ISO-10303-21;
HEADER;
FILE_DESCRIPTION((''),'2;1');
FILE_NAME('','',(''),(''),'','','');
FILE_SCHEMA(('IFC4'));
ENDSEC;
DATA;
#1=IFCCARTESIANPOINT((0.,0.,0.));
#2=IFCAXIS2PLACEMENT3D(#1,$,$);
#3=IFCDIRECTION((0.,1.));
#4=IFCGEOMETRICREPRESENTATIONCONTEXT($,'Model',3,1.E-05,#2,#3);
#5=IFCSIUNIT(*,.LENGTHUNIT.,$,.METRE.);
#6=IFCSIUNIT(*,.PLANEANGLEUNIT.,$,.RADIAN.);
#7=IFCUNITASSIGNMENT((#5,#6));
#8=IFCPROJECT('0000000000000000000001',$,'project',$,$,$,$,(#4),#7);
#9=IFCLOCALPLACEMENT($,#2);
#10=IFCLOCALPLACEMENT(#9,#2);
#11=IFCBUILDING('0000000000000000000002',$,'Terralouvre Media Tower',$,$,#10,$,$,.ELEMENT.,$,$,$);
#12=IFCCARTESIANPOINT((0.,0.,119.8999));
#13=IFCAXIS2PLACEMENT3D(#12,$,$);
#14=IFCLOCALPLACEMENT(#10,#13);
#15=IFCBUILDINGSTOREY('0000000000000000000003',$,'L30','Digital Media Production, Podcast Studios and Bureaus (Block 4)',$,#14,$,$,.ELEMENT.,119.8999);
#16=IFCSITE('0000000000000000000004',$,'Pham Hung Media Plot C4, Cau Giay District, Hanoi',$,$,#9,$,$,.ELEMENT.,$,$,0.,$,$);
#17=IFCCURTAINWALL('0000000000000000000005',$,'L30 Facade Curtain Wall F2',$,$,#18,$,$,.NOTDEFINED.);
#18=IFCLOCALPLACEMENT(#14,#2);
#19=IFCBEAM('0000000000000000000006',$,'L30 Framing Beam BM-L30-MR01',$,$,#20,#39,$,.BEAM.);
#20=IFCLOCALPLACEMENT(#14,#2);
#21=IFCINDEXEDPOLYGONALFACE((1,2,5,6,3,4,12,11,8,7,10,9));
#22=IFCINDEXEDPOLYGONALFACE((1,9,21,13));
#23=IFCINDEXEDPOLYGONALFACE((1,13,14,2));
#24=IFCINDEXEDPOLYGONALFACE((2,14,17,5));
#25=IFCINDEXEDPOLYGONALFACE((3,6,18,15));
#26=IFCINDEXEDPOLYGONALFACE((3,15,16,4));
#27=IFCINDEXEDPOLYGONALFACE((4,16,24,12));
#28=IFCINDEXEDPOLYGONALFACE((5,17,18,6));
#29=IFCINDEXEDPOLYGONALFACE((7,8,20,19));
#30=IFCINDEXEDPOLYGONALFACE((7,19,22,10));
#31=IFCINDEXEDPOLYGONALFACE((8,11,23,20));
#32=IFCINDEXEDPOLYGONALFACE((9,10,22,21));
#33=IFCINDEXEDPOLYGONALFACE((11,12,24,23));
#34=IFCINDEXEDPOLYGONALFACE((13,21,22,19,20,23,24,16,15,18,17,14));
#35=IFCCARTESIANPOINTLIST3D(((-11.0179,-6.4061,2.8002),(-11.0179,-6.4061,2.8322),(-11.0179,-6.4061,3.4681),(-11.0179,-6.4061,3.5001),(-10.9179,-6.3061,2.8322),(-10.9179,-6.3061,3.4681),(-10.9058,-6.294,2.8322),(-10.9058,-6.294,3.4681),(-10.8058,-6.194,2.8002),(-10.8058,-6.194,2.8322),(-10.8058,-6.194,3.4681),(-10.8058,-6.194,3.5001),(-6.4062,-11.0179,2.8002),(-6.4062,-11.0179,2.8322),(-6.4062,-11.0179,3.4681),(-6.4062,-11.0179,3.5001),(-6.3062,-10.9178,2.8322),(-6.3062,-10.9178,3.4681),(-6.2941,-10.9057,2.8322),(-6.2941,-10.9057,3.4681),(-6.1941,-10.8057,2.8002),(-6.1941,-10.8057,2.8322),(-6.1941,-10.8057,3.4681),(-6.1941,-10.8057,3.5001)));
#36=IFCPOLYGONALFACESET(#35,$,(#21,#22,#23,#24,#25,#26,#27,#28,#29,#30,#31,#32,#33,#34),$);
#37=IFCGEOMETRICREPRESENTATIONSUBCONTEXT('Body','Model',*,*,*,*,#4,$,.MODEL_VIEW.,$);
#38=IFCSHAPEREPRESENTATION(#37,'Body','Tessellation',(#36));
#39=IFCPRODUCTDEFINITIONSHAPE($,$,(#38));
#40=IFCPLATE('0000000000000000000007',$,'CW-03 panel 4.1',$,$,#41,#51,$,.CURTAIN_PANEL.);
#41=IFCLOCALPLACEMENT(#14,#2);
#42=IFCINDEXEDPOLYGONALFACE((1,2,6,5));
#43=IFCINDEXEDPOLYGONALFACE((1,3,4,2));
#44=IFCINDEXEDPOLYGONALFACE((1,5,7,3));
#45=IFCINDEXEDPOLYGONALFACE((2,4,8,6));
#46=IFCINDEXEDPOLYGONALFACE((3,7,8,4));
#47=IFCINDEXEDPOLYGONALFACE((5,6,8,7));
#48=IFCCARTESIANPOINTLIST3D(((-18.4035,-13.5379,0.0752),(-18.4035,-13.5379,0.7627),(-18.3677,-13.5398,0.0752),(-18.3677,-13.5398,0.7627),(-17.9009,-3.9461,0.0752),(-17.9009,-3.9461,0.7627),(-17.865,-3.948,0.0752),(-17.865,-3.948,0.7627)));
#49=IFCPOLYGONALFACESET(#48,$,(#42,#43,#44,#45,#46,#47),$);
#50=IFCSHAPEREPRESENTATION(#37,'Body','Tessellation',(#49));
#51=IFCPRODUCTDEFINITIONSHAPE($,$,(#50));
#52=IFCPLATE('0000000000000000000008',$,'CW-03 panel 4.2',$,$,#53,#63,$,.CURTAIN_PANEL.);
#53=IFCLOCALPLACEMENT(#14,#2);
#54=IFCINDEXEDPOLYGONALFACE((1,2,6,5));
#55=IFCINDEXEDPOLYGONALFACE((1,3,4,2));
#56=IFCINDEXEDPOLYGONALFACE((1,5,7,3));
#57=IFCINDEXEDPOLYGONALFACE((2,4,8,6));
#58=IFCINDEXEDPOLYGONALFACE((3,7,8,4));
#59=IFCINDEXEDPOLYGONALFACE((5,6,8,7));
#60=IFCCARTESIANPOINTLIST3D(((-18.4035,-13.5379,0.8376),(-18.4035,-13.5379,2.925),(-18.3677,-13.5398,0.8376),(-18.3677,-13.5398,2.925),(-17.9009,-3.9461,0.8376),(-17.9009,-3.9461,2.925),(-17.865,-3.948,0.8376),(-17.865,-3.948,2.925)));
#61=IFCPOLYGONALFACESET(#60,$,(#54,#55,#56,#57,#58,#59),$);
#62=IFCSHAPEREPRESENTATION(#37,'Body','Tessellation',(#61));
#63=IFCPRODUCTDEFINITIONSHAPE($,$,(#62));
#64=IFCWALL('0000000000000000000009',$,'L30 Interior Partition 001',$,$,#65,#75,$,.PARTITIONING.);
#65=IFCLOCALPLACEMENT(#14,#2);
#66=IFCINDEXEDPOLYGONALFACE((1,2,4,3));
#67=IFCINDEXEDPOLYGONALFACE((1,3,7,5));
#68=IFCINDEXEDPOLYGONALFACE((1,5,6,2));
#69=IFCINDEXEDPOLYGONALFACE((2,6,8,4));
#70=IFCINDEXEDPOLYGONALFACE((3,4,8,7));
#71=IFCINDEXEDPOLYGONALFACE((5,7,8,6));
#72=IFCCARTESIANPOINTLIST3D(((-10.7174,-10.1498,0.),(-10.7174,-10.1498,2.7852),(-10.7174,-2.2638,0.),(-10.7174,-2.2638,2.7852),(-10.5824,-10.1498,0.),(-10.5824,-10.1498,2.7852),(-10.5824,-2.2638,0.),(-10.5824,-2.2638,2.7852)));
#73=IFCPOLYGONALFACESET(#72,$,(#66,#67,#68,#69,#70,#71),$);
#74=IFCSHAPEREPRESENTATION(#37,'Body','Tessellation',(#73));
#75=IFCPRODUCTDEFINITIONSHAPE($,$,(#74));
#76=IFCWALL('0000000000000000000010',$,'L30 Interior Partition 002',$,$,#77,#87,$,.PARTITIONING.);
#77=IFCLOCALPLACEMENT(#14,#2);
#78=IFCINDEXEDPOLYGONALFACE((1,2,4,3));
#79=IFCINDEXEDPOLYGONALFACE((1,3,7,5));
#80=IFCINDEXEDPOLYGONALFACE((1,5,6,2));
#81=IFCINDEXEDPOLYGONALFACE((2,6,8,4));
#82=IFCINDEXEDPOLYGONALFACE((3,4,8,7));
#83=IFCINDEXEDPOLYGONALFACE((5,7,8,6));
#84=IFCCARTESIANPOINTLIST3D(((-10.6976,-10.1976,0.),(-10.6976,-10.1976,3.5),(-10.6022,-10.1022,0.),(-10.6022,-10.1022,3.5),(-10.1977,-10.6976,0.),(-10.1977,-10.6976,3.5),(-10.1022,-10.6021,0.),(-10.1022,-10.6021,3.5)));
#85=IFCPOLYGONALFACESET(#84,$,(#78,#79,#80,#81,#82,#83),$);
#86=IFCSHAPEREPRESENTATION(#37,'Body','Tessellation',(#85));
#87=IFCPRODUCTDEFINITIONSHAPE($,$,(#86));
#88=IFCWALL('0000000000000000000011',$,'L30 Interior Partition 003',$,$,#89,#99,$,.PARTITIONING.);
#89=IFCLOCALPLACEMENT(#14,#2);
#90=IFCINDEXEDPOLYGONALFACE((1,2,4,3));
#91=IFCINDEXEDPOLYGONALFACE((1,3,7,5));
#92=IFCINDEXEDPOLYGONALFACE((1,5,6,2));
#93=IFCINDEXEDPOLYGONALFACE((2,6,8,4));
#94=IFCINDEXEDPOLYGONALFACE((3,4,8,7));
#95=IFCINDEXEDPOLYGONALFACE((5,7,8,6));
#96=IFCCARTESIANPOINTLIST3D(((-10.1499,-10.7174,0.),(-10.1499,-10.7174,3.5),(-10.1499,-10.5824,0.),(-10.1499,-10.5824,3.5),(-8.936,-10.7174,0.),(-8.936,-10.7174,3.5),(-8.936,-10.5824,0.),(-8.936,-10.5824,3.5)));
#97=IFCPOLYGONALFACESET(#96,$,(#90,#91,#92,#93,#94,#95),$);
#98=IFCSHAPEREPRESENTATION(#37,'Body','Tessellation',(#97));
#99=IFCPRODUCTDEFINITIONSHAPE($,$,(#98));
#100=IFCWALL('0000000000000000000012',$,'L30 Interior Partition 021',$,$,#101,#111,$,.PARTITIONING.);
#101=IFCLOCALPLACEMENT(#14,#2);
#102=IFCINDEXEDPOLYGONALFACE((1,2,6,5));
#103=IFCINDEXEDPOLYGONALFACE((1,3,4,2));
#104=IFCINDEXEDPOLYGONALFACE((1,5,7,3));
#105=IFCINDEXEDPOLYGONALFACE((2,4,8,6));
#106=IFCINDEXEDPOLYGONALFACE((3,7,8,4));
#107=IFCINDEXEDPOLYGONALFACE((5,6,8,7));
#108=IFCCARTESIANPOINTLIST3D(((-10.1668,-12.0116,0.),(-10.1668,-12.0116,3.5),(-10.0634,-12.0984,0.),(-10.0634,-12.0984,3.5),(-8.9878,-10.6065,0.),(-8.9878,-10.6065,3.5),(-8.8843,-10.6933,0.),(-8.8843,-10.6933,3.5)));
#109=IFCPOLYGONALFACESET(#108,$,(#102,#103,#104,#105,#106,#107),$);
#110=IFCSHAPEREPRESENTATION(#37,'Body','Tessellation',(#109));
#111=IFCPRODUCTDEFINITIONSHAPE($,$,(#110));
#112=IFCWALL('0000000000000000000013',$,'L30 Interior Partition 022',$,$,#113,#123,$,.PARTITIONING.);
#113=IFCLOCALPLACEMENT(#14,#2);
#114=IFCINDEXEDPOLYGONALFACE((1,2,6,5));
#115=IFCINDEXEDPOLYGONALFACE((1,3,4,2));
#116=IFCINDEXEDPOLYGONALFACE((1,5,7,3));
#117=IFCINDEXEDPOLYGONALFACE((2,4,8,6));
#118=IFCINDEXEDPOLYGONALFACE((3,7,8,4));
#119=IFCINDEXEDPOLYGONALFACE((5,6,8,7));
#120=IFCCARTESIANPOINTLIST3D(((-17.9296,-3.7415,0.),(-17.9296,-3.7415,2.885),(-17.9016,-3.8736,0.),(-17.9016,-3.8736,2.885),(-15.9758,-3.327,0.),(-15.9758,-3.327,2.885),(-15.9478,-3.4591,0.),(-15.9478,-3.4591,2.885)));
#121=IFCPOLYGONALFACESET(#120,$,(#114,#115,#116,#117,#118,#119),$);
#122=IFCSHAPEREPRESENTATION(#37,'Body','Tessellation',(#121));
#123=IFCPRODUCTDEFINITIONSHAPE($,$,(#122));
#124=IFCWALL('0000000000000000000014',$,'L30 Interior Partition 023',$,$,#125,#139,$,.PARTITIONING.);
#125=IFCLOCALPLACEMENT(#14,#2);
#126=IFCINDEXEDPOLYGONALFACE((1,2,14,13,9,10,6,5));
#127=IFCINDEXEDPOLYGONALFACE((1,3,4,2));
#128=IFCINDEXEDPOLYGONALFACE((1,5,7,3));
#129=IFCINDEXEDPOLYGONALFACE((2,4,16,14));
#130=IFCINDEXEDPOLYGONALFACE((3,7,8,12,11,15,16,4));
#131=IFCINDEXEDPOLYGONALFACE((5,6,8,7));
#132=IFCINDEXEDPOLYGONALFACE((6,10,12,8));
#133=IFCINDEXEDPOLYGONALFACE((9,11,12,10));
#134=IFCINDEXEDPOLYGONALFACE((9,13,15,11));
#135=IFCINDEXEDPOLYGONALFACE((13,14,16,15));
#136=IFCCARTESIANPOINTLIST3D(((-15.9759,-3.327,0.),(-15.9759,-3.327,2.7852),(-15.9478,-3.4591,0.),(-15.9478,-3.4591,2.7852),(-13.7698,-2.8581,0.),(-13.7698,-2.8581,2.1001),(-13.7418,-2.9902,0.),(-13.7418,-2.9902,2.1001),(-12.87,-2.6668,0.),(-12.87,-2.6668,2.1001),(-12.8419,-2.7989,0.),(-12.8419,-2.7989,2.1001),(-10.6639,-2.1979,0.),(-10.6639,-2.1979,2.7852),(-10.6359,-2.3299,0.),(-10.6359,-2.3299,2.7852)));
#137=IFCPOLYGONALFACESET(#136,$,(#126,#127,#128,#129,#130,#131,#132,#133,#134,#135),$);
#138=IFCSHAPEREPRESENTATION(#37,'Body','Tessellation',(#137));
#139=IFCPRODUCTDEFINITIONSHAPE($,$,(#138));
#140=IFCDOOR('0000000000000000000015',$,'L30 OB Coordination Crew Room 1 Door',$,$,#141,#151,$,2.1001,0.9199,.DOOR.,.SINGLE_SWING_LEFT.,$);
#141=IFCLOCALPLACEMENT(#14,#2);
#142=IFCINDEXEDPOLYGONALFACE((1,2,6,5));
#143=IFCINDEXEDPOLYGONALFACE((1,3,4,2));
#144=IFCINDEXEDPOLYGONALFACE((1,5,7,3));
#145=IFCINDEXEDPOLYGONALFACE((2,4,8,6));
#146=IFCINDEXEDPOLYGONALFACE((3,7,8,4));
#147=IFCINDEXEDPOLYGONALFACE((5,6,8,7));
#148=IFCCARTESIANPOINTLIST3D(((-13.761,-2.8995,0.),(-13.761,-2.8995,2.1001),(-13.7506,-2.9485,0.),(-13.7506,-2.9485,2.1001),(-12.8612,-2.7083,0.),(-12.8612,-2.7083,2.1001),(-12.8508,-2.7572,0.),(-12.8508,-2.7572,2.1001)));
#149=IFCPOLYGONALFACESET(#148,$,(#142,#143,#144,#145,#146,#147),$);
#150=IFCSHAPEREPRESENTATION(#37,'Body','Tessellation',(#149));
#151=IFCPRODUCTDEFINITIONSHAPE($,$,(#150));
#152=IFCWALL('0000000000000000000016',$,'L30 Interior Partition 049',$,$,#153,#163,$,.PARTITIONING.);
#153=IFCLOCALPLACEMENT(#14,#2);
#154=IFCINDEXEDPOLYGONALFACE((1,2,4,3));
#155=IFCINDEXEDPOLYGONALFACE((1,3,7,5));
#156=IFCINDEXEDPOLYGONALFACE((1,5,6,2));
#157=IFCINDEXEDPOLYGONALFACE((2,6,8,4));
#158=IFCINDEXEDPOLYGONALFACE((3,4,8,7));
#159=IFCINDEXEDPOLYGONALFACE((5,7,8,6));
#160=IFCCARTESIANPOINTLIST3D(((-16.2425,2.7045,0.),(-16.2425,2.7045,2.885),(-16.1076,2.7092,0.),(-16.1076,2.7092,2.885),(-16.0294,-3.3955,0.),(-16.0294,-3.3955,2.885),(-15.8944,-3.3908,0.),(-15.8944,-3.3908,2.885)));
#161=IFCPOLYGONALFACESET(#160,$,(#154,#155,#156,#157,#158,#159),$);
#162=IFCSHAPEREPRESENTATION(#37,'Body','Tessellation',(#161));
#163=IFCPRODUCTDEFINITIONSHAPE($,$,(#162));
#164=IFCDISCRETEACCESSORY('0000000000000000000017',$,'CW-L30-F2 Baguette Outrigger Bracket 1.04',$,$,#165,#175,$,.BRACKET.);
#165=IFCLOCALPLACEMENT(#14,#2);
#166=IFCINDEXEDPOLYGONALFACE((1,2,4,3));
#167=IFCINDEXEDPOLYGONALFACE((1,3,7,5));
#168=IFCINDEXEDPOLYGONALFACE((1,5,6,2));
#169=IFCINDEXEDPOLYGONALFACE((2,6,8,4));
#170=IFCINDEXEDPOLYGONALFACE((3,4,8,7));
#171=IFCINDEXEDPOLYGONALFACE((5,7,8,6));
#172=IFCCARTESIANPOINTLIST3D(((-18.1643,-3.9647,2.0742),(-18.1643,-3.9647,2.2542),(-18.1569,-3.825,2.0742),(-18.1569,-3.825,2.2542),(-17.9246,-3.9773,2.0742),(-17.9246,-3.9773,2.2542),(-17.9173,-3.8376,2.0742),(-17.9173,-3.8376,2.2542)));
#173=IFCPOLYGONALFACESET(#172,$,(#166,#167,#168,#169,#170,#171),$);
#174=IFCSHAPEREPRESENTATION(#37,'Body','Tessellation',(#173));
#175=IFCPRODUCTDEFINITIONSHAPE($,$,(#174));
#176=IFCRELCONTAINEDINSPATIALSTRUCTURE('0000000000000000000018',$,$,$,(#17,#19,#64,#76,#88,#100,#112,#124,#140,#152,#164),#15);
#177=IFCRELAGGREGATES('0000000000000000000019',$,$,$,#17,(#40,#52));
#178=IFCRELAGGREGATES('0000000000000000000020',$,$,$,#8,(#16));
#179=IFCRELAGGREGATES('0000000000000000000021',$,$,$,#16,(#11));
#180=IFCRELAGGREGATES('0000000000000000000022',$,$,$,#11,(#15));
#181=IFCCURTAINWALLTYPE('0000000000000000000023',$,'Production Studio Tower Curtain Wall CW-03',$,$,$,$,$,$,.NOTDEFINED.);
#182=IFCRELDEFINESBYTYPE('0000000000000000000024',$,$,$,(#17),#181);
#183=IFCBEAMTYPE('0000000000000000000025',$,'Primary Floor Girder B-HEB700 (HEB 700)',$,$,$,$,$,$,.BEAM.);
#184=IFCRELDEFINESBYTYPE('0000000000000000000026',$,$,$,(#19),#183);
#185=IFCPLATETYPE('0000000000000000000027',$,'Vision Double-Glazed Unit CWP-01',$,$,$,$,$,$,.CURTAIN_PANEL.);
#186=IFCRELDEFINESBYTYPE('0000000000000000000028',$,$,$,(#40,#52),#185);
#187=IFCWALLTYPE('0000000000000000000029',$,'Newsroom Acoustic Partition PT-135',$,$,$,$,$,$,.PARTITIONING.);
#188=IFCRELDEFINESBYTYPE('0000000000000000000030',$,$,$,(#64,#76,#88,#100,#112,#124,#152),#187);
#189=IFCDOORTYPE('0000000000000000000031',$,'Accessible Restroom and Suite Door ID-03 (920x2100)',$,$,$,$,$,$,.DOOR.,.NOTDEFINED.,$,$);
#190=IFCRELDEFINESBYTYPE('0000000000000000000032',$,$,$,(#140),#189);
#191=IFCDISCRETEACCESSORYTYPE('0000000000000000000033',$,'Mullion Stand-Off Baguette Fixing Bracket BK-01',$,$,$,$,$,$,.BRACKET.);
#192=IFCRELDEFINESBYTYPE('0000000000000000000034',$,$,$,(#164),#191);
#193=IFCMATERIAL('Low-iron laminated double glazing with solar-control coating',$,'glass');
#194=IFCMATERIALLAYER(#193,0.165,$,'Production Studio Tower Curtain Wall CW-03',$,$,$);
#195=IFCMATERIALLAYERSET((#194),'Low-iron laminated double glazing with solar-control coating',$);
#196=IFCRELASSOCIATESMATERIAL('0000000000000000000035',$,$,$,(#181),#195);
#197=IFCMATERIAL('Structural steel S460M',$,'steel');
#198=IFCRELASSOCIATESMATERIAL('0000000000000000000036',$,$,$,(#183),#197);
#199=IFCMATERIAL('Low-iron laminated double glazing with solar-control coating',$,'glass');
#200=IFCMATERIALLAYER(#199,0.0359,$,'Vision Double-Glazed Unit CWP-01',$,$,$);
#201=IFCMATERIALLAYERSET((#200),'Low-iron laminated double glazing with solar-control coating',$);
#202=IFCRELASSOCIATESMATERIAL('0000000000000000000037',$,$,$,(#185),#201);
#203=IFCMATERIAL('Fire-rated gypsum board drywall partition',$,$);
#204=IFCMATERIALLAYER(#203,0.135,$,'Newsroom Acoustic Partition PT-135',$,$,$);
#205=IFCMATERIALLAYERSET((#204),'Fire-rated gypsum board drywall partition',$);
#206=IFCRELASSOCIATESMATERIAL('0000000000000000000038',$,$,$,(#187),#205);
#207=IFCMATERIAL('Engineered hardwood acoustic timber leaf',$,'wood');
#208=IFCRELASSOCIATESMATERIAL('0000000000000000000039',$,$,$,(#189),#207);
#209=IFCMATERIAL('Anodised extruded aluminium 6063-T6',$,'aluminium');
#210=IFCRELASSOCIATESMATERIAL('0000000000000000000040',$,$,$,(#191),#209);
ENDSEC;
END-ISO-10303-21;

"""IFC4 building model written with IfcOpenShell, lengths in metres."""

from ifc_helpers import new_model, si_unit, direction, frame, frame_2d, origin, origin_2d, place, context, subcontext, project, spatial, rectangle, i_section, extrude, material, layer, layer_set, material_profile, profile_set, type_object, element, fill, aggregate, save


model = new_model("IFC4")

# Units and contexts
model_context = context("Model", 3, precision=1e-05, world=origin(), true_north=direction((0.0, 1.0)))
body_context = subcontext(model_context, "Body", "Model", "MODEL_VIEW")
ifc_project = project(units=[si_unit("LENGTHUNIT", "METRE"), si_unit("PLANEANGLEUNIT", "RADIAN")], contexts=[model_context])

# Site, building, storey
site_placement = place(None, origin())
site = spatial("IfcSite", under=ifc_project, at=site_placement, Name="Pham Hung Media Plot C4, Cau Giay District, Hanoi", CompositionType="ELEMENT", RefElevation=0.0)
building_placement = place(site_placement, origin())
building = spatial("IfcBuilding", under=site, at=building_placement, Name="Terralouvre Media Tower", CompositionType="ELEMENT")
storey_placement = place(building_placement, frame((0.0, 0.0, 119.8999)))
storey = spatial("IfcBuildingStorey", under=building, at=storey_placement, Name="L30", Description="Digital Media Production, Podcast Studios and Bureaus (Block 4)", CompositionType="ELEMENT", Elevation=119.8999)

# Curtain wall
ifc_material_1 = material(Name="Low-iron laminated double glazing with solar-control coating", Category="glass")
ifc_layer_1 = layer(ifc_material_1, 0.165, Name="Production Studio Tower Curtain Wall CW-03")
ifc_layer_set_1 = layer_set([ifc_layer_1], Name="Low-iron laminated double glazing with solar-control coating")
curtain_wall_type = type_object("IfcCurtainWallType", Name="Production Studio Tower Curtain Wall CW-03", PredefinedType="NOTDEFINED", material=ifc_layer_set_1)
curtain_wall_placement = place(storey_placement, origin())
curtain_wall = element("IfcCurtainWall", 1, at=curtain_wall_placement, inside=storey, type_object=curtain_wall_type, Name="L30 Facade Curtain Wall F2", PredefinedType="NOTDEFINED")

# Beam
ifc_material_2 = material(Name="Structural steel S460M", Category="steel")
ifc_material_profile_1 = material_profile(ifc_material_2, i_section(OverallWidth=0.3, OverallDepth=0.7, WebThickness=0.0171, FlangeThickness=0.032, at=origin_2d()), Name="HEB 700")
ifc_profile_set_1 = profile_set([ifc_material_profile_1], Name="Structural steel S460M")
beam_type_1 = type_object("IfcBeamType", Name="Primary Floor Girder B-HEB700 (HEB 700)", PredefinedType="BEAM", material=ifc_profile_set_1)
beam_1_placement = place(storey_placement, frame((-10.9119, -6.3, 3.1501), z_axis=(0.707107, -0.707107, 0.0), x_axis=(0.707107, 0.707107, 0.0)))
element("IfcBeam", 2, at=beam_1_placement, inside=storey, type_object=beam_type_1, Name="L30 Framing Beam BM-L30-MR01", PredefinedType="BEAM", context=body_context, shape_type="SweptSolid", body=[
    extrude(i_section(OverallWidth=0.3, OverallDepth=0.7, WebThickness=0.0171, FlangeThickness=0.032, at=origin_2d()), origin(), (0.0, 0.0, 1.0), 6.522),
])

# Plates
ifc_material_3 = material(Name="Low-iron laminated double glazing with solar-control coating", Category="glass")
ifc_layer_2 = layer(ifc_material_3, 0.0359, Name="Vision Double-Glazed Unit CWP-01")
ifc_layer_set_2 = layer_set([ifc_layer_2], Name="Low-iron laminated double glazing with solar-control coating")
plate_type = type_object("IfcPlateType", Name="Vision Double-Glazed Unit CWP-01", PredefinedType="CURTAIN_PANEL", material=ifc_layer_set_2)
plate_1_placement = place(storey_placement, frame((-18.1343, -8.7429, 0.0752), z_axis=(0.0, 0.0, 1.0), x_axis=(-0.052336, -0.99863, 0.0)))
plate_1 = element("IfcPlate", 3, at=plate_1_placement, type_object=plate_type, Name="CW-03 panel 4.1", PredefinedType="CURTAIN_PANEL", context=body_context, shape_type="SweptSolid", body=[
    extrude(rectangle(XDim=9.605, YDim=0.0359, at=origin_2d()), origin(), (0.0, 0.0, 1.0), 0.6875),
])
plate_2_placement = place(storey_placement, frame((-18.1343, -8.7429, 0.8376), z_axis=(0.0, 0.0, 1.0), x_axis=(-0.052336, -0.99863, 0.0)))
plate_2 = element("IfcPlate", 4, at=plate_2_placement, type_object=plate_type, Name="CW-03 panel 4.2", PredefinedType="CURTAIN_PANEL", context=body_context, shape_type="SweptSolid", body=[
    extrude(rectangle(XDim=9.605, YDim=0.0359, at=origin_2d()), origin(), (0.0, 0.0, 1.0), 2.0874),
])
aggregate(curtain_wall, [plate_1, plate_2])

# Walls
ifc_material_4 = material(Name="Fire-rated gypsum board drywall partition")
ifc_layer_3 = layer(ifc_material_4, 0.135, Name="Newsroom Acoustic Partition PT-135")
ifc_layer_set_3 = layer_set([ifc_layer_3], Name="Fire-rated gypsum board drywall partition")
wall_type = type_object("IfcWallType", Name="Newsroom Acoustic Partition PT-135", PredefinedType="PARTITIONING", material=ifc_layer_set_3)
wall_1_placement = place(storey_placement, frame((-10.6499, -2.2639, 0.0), z_axis=(0.0, 0.0, 1.0), x_axis=(0.0, -1.0, 0.0)))
element("IfcWall", 5, at=wall_1_placement, inside=storey, type_object=wall_type, Name="L30 Interior Partition 001", PredefinedType="PARTITIONING", context=body_context, shape_type="SweptSolid", body=[
    extrude(rectangle(XDim=7.886, YDim=0.135, at=frame_2d((3.9429, 0.0))), origin(), (0.0, 0.0, 1.0), 2.7852),
])
wall_2_placement = place(storey_placement, frame((-10.6499, -10.1499, 0.0), z_axis=(0.0, 0.0, 1.0), x_axis=(0.707107, -0.707107, 0.0)))
element("IfcWall", 6, at=wall_2_placement, inside=storey, type_object=wall_type, Name="L30 Interior Partition 002", PredefinedType="PARTITIONING", context=body_context, shape_type="SweptSolid", body=[
    extrude(rectangle(XDim=0.707, YDim=0.135, at=frame_2d((0.3535, 0.0))), origin(), (0.0, 0.0, 1.0), 3.5),
])
wall_3_placement = place(storey_placement, frame((-10.1499, -10.6499, 0.0), z_axis=(0.0, 0.0, 1.0), x_axis=(1.0, 0.0, 0.0)))
element("IfcWall", 7, at=wall_3_placement, inside=storey, type_object=wall_type, Name="L30 Interior Partition 003", PredefinedType="PARTITIONING", context=body_context, shape_type="SweptSolid", body=[
    extrude(rectangle(XDim=1.2139, YDim=0.135, at=frame_2d((0.6069, 0.0))), origin(), (0.0, 0.0, 1.0), 3.5),
])
wall_4_placement = place(storey_placement, frame((-10.115, -12.0549, 0.0), z_axis=(0.0, 0.0, 1.0), x_axis=(0.642786, 0.766046, 0.0)))
element("IfcWall", 8, at=wall_4_placement, inside=storey, type_object=wall_type, Name="L30 Interior Partition 021", PredefinedType="PARTITIONING", context=body_context, shape_type="SweptSolid", body=[
    extrude(rectangle(XDim=1.8342, YDim=0.135, at=frame_2d((0.917, 0.0))), origin(), (0.0, 0.0, 1.0), 3.5),
])
wall_5_placement = place(storey_placement, frame((-15.9619, -3.3931, 0.0), z_axis=(0.0, 0.0, 1.0), x_axis=(-0.978224, -0.20755, 0.0)))
element("IfcWall", 9, at=wall_5_placement, inside=storey, type_object=wall_type, Name="L30 Interior Partition 022", PredefinedType="PARTITIONING", context=body_context, shape_type="SweptSolid", body=[
    extrude(rectangle(XDim=1.9973, YDim=0.135, at=frame_2d((0.9985, 0.0))), origin(), (0.0, 0.0, 1.0), 2.885),
])

# Wall, opening, door
wall_6_placement = place(storey_placement, frame((-10.6499, -2.2639, 0.0), z_axis=(0.0, 0.0, 1.0), x_axis=(-0.978146, -0.20792, 0.0)))
wall_6 = element("IfcWall", 10, at=wall_6_placement, inside=storey, type_object=wall_type, Name="L30 Interior Partition 023", PredefinedType="PARTITIONING", context=body_context, shape_type="SweptSolid", body=[
    extrude(rectangle(XDim=5.4307, YDim=0.135, at=frame_2d((2.7153, 0.0))), origin(), (0.0, 0.0, 1.0), 2.7852),
])
opening_placement = place(wall_6_placement, frame((2.2554, 0.0, 0.0)))
opening = element("IfcOpeningElement", 11, at=opening_placement, cuts=wall_6, PredefinedType="OPENING", context=body_context, shape_type="SweptSolid", body=[
    extrude(rectangle(XDim=0.9199, YDim=2.1001, at=frame_2d((0.46, 1.05))), frame((0.0, 0.0774, 0.0), z_axis=(0.0, -1.0, 0.0), x_axis=(1.0, 0.0, 0.0)), (0.0, 0.0, 1.0), 0.155),
])
ifc_material_5 = material(Name="Engineered hardwood acoustic timber leaf", Category="wood")
door_type = type_object("IfcDoorType", Name="Accessible Restroom and Suite Door ID-03 (920x2100)", OperationType="NOTDEFINED", PredefinedType="DOOR", material=ifc_material_5)
door_placement = place(opening_placement, origin())
door = element("IfcDoor", 12, at=door_placement, inside=storey, type_object=door_type, Name="L30 OB Coordination Crew Room 1 Door", OperationType="SINGLE_SWING_LEFT", OverallHeight=2.1001, OverallWidth=0.9199, PredefinedType="DOOR", context=body_context, shape_type="SweptSolid", body=[
    extrude(rectangle(XDim=0.9199, YDim=2.1001, at=frame_2d((0.46, 1.05))), frame((0.0, 0.0249, 0.0), z_axis=(0.0, -1.0, 0.0), x_axis=(1.0, 0.0, 0.0)), (0.0, 0.0, 1.0), 0.05),
])
fill(opening, door)

# Wall
wall_7_placement = place(storey_placement, frame((-15.9619, -3.3931, 0.0), z_axis=(0.0, 0.0, 1.0), x_axis=(-0.034918, 0.99939, 0.0)))
element("IfcWall", 13, at=wall_7_placement, inside=storey, type_object=wall_type, Name="L30 Interior Partition 049", PredefinedType="PARTITIONING", context=body_context, shape_type="SweptSolid", body=[
    extrude(rectangle(XDim=6.1038, YDim=0.135, at=frame_2d((3.0518, 0.0))), origin(), (0.0, 0.0, 1.0), 2.885),
])

# Discrete accessory
ifc_material_6 = material(Name="Anodised extruded aluminium 6063-T6", Category="aluminium")
discrete_accessory_type = type_object("IfcDiscreteAccessoryType", Name="Mullion Stand-Off Baguette Fixing Bracket BK-01", PredefinedType="BRACKET", material=ifc_material_6)
discrete_accessory_placement = place(storey_placement, frame((-18.0408, -3.9011, 2.0742), z_axis=(0.0, 0.0, 1.0), x_axis=(-0.052336, -0.99863, 0.0)))
element("IfcDiscreteAccessory", 14, at=discrete_accessory_placement, inside=storey, type_object=discrete_accessory_type, Name="CW-L30-F2 Baguette Outrigger Bracket 1.04", PredefinedType="BRACKET", context=body_context, shape_type="SweptSolid", body=[
    extrude(rectangle(XDim=0.1399, YDim=0.24, at=origin_2d()), origin(), (0.0, 0.0, 1.0), 0.1799),
])

save(model, "model.ifc")
